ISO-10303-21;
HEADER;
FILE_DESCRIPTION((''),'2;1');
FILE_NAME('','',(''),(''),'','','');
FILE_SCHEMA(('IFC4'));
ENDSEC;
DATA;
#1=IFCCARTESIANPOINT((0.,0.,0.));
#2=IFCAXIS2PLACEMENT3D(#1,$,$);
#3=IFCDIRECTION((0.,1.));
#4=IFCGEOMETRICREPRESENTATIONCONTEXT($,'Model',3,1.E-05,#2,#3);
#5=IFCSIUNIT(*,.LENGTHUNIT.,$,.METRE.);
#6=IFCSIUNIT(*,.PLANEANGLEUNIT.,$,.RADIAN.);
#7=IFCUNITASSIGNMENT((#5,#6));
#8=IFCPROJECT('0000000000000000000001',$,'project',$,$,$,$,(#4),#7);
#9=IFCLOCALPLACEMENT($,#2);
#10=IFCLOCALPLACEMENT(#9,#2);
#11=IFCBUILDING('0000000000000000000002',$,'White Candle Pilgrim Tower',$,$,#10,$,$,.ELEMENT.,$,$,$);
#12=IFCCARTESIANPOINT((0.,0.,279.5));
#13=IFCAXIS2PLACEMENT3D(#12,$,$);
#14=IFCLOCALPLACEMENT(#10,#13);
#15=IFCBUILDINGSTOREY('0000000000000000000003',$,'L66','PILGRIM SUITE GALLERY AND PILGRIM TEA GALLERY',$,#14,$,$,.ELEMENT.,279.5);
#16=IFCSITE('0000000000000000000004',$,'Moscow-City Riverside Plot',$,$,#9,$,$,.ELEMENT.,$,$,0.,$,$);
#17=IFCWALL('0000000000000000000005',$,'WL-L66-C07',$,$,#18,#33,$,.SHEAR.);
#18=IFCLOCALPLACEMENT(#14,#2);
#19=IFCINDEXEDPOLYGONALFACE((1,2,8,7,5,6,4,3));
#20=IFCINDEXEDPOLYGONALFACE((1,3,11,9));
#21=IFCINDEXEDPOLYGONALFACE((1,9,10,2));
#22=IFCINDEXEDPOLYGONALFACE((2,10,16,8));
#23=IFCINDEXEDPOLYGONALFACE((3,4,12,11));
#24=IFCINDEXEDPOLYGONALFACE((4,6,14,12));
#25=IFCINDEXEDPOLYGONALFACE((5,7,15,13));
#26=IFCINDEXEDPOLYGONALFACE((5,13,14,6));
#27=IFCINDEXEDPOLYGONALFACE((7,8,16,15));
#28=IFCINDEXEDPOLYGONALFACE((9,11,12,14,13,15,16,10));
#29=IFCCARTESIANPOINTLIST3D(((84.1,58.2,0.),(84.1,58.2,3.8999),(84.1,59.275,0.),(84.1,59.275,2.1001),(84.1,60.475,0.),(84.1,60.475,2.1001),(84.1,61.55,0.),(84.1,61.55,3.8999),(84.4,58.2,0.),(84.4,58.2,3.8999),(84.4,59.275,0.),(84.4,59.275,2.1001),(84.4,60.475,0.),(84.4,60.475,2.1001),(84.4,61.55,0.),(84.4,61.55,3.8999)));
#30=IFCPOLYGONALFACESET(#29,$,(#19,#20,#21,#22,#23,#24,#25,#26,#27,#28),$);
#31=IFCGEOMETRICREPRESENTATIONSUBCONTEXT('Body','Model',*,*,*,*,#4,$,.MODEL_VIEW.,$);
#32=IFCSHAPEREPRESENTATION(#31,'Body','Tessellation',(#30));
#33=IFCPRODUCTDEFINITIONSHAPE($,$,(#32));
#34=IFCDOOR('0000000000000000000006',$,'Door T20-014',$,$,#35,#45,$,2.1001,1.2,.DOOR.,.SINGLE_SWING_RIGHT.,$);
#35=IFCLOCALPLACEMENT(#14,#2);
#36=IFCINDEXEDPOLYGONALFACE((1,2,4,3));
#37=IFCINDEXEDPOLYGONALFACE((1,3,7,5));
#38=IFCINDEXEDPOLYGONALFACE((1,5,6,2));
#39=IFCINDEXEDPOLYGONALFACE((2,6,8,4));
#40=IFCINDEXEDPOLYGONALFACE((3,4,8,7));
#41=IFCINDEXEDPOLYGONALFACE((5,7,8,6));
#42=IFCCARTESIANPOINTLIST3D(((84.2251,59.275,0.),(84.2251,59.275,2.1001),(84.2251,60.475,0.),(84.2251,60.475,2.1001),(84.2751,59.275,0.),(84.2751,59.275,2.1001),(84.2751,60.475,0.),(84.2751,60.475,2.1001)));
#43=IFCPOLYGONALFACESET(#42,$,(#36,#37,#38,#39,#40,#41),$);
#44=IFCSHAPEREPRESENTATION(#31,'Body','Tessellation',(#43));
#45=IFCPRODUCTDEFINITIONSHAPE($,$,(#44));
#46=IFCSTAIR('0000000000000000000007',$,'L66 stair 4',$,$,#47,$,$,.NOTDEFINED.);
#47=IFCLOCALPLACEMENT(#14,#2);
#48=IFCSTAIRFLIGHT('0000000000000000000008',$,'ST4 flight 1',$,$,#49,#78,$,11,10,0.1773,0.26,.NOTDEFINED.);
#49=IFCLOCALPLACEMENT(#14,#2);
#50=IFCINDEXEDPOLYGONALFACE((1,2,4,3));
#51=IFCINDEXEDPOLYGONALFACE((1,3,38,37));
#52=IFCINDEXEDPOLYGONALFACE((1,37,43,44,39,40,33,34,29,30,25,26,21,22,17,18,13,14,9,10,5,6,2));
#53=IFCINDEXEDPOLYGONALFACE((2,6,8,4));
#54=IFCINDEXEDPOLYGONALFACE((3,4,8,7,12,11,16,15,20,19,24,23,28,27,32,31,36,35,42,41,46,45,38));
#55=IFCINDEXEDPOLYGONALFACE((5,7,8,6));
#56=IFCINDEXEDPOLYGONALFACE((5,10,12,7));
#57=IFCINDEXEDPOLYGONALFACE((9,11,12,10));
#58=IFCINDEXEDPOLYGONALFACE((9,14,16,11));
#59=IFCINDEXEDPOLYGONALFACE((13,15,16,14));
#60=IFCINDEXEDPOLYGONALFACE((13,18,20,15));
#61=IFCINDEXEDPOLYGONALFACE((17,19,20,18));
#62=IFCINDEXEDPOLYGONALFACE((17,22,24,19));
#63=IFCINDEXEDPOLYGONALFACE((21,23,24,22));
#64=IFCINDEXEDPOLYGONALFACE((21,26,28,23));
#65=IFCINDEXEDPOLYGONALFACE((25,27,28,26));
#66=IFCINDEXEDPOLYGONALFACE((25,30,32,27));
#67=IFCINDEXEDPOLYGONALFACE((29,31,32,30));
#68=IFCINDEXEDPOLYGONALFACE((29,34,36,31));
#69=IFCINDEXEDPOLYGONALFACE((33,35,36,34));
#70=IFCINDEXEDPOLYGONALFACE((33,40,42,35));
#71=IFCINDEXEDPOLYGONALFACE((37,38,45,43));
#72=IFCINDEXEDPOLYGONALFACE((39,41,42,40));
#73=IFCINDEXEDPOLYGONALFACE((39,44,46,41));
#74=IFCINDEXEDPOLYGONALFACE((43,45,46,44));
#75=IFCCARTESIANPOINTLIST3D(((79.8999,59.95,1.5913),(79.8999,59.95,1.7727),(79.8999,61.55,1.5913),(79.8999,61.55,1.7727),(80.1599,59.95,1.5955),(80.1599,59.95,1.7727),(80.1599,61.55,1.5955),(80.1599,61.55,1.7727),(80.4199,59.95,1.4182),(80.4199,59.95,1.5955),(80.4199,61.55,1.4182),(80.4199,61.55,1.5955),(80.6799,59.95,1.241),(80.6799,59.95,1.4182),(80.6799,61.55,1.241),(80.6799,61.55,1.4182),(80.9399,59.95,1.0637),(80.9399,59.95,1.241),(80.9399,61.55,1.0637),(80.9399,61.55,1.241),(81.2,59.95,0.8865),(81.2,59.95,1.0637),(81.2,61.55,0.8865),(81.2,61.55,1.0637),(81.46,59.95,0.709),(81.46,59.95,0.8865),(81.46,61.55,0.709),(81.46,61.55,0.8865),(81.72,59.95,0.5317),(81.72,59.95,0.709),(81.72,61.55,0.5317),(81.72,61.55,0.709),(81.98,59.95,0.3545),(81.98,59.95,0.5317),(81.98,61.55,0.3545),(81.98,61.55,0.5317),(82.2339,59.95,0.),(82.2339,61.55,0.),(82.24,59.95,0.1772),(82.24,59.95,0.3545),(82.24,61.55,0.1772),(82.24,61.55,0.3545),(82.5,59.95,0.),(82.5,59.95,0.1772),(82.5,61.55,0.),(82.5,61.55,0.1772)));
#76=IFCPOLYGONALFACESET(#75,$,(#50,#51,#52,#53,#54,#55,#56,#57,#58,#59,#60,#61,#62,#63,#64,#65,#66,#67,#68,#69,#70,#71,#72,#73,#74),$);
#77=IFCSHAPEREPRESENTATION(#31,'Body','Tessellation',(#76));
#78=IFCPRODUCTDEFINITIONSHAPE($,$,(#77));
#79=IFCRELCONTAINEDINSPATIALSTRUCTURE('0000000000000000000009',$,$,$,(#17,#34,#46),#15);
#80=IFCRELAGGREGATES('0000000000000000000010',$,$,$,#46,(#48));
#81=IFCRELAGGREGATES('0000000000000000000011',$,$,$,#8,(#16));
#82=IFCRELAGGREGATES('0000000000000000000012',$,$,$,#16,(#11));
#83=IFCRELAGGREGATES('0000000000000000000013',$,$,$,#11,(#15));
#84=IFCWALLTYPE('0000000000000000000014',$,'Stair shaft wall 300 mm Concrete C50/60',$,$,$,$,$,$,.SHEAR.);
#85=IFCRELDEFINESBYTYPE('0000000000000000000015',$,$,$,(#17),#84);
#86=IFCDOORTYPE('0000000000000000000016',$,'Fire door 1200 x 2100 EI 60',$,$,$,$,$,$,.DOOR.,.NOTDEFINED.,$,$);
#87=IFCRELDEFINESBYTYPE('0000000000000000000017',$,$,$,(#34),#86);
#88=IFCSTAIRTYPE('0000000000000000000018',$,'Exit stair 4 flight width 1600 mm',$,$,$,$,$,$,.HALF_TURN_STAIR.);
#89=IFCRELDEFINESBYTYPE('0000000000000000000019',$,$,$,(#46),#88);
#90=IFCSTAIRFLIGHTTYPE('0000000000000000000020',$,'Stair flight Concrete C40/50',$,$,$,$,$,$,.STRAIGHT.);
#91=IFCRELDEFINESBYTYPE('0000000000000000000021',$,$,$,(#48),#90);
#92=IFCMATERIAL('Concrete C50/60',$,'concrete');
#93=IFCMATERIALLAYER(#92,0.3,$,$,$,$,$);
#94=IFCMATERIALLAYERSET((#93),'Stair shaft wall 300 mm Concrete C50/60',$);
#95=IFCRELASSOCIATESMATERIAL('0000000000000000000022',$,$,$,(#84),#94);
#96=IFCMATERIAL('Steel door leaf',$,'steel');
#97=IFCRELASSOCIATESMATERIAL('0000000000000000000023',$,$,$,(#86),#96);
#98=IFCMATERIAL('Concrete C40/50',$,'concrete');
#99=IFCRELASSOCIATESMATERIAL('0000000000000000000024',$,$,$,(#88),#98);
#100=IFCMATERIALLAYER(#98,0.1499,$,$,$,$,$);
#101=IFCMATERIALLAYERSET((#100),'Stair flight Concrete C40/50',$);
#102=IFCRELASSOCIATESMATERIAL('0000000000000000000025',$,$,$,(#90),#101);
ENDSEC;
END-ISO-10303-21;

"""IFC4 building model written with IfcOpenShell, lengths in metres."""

from ifc_helpers import new_model, si_unit, direction, frame, frame_2d, origin, place, context, subcontext, project, spatial, polyline, rectangle, outline, extrude, material, layer, layer_set, type_object, element, fill, aggregate, save


model = new_model("IFC4")

# Units and contexts
model_context = context("Model", 3, precision=1e-05, world=origin(), true_north=direction((0.0, 1.0)))
body_context = subcontext(model_context, "Body", "Model", "MODEL_VIEW")
ifc_project = project(units=[si_unit("LENGTHUNIT", "METRE"), si_unit("PLANEANGLEUNIT", "RADIAN")], contexts=[model_context])

# Site, building, storey
site_placement = place(None, origin())
site = spatial("IfcSite", under=ifc_project, at=site_placement, Name="Moscow-City Riverside Plot", CompositionType="ELEMENT", RefElevation=0.0)
building_placement = place(site_placement, origin())
building = spatial("IfcBuilding", under=site, at=building_placement, Name="White Candle Pilgrim Tower", CompositionType="ELEMENT")
storey_placement = place(building_placement, frame((0.0, 0.0, 279.5)))
storey = spatial("IfcBuildingStorey", under=building, at=storey_placement, Name="L66", Description="PILGRIM SUITE GALLERY AND PILGRIM TEA GALLERY", CompositionType="ELEMENT", Elevation=279.5)

# Shared definitions
ifc_material_1 = material(Name="Concrete C50/60", Category="concrete")

# Shared definitions
ifc_material_2 = material(Name="Steel door leaf", Category="steel")

# Wall, opening, door
ifc_layer_1 = layer(ifc_material_1, 0.3)
ifc_layer_set_1 = layer_set([ifc_layer_1], Name="Stair shaft wall 300 mm Concrete C50/60")
wall_type_1 = type_object("IfcWallType", Name="Stair shaft wall 300 mm Concrete C50/60", PredefinedType="SHEAR", material=ifc_layer_set_1)
wall_1_placement = place(storey_placement, frame((84.25, 58.2, 0.0), z_axis=(0.0, 0.0, 1.0), x_axis=(0.0, 1.0, 0.0)))
wall_1 = element("IfcWall", 1, at=wall_1_placement, inside=storey, type_object=wall_type_1, Name="WL-L66-C07", PredefinedType="SHEAR", context=body_context, shape_type="SweptSolid", body=[
    extrude(rectangle(XDim=3.3501, YDim=0.3, at=frame_2d((1.675, 0.0))), origin(), (0.0, 0.0, 1.0), 3.8999),
])
opening_1_placement = place(wall_1_placement, frame((1.075, 0.0, 0.0)))
opening_1 = element("IfcOpeningElement", 2, at=opening_1_placement, cuts=wall_1, PredefinedType="OPENING", context=body_context, shape_type="SweptSolid", body=[
    extrude(rectangle(XDim=1.2, YDim=2.1001, at=frame_2d((0.6001, 1.05))), frame((0.0, 0.1599, 0.0), z_axis=(0.0, -1.0, 0.0), x_axis=(1.0, 0.0, 0.0)), (0.0, 0.0, 1.0), 0.3201),
])
door_type_1 = type_object("IfcDoorType", Name="Fire door 1200 x 2100 EI 60", OperationType="NOTDEFINED", PredefinedType="DOOR", material=ifc_material_2)
door_1_placement = place(opening_1_placement, origin())
door_1 = element("IfcDoor", 3, at=door_1_placement, inside=storey, type_object=door_type_1, Name="Door T20-014", OperationType="SINGLE_SWING_RIGHT", OverallHeight=2.1001, OverallWidth=1.2, PredefinedType="DOOR", context=body_context, shape_type="SweptSolid", body=[
    extrude(rectangle(XDim=1.2, YDim=2.1001, at=frame_2d((0.6001, 1.05))), frame((0.0, 0.0249, 0.0), z_axis=(0.0, -1.0, 0.0), x_axis=(1.0, 0.0, 0.0)), (0.0, 0.0, 1.0), 0.05),
])
fill(opening_1, door_1)

# Stair, stair flight
ifc_material_3 = material(Name="Concrete C40/50", Category="concrete")
stair_type = type_object("IfcStairType", Name="Exit stair 4 flight width 1600 mm", PredefinedType="HALF_TURN_STAIR", material=ifc_material_3)
stair_placement = place(storey_placement, origin())
stair = element("IfcStair", 4, at=stair_placement, inside=storey, type_object=stair_type, Name="L66 stair 4", PredefinedType="NOTDEFINED")
ifc_layer_2 = layer(ifc_material_3, 0.1499)
ifc_layer_set_2 = layer_set([ifc_layer_2], Name="Stair flight Concrete C40/50")
stair_flight_type = type_object("IfcStairFlightType", Name="Stair flight Concrete C40/50", PredefinedType="STRAIGHT", material=ifc_layer_set_2)
stair_flight_placement = place(storey_placement, frame((82.5, 60.75, 0.0), z_axis=(0.0, 0.0, 1.0), x_axis=(-1.0, 0.0, 0.0)))
stair_flight = element("IfcStairFlight", 5, at=stair_flight_placement, type_object=stair_flight_type, Name="ST4 flight 1", NumberOfRisers=11, NumberOfTreads=10, PredefinedType="NOTDEFINED", RiserHeight=0.1773, TreadLength=0.26, context=body_context, shape_type="SweptSolid", body=[
    extrude(outline(polyline([(0.0, 0.0), (0.0, 0.1772), (0.26, 0.1772), (0.26, 0.3545), (0.52, 0.3545), (0.52, 0.5317), (0.78, 0.5317), (0.78, 0.709), (1.04, 0.709), (1.04, 0.8865), (1.3, 0.8865), (1.3, 1.0637), (1.5601, 1.0637), (1.5601, 1.241), (1.8201, 1.241), (1.8201, 1.4182), (2.0801, 1.4182), (2.0801, 1.5955), (2.3401, 1.5955), (2.3401, 1.7727), (2.6001, 1.7727), (2.6001, 1.95), (2.6001, 1.5913), (0.2661, 0.0), (0.0, 0.0)])), frame((0.0, 0.8, 0.0), z_axis=(0.0, -1.0, 0.0), x_axis=(1.0, 0.0, 0.0)), (0.0, 0.0, 1.0), 1.6001),
])
aggregate(stair, [stair_flight])

save(model, "model.ifc")
